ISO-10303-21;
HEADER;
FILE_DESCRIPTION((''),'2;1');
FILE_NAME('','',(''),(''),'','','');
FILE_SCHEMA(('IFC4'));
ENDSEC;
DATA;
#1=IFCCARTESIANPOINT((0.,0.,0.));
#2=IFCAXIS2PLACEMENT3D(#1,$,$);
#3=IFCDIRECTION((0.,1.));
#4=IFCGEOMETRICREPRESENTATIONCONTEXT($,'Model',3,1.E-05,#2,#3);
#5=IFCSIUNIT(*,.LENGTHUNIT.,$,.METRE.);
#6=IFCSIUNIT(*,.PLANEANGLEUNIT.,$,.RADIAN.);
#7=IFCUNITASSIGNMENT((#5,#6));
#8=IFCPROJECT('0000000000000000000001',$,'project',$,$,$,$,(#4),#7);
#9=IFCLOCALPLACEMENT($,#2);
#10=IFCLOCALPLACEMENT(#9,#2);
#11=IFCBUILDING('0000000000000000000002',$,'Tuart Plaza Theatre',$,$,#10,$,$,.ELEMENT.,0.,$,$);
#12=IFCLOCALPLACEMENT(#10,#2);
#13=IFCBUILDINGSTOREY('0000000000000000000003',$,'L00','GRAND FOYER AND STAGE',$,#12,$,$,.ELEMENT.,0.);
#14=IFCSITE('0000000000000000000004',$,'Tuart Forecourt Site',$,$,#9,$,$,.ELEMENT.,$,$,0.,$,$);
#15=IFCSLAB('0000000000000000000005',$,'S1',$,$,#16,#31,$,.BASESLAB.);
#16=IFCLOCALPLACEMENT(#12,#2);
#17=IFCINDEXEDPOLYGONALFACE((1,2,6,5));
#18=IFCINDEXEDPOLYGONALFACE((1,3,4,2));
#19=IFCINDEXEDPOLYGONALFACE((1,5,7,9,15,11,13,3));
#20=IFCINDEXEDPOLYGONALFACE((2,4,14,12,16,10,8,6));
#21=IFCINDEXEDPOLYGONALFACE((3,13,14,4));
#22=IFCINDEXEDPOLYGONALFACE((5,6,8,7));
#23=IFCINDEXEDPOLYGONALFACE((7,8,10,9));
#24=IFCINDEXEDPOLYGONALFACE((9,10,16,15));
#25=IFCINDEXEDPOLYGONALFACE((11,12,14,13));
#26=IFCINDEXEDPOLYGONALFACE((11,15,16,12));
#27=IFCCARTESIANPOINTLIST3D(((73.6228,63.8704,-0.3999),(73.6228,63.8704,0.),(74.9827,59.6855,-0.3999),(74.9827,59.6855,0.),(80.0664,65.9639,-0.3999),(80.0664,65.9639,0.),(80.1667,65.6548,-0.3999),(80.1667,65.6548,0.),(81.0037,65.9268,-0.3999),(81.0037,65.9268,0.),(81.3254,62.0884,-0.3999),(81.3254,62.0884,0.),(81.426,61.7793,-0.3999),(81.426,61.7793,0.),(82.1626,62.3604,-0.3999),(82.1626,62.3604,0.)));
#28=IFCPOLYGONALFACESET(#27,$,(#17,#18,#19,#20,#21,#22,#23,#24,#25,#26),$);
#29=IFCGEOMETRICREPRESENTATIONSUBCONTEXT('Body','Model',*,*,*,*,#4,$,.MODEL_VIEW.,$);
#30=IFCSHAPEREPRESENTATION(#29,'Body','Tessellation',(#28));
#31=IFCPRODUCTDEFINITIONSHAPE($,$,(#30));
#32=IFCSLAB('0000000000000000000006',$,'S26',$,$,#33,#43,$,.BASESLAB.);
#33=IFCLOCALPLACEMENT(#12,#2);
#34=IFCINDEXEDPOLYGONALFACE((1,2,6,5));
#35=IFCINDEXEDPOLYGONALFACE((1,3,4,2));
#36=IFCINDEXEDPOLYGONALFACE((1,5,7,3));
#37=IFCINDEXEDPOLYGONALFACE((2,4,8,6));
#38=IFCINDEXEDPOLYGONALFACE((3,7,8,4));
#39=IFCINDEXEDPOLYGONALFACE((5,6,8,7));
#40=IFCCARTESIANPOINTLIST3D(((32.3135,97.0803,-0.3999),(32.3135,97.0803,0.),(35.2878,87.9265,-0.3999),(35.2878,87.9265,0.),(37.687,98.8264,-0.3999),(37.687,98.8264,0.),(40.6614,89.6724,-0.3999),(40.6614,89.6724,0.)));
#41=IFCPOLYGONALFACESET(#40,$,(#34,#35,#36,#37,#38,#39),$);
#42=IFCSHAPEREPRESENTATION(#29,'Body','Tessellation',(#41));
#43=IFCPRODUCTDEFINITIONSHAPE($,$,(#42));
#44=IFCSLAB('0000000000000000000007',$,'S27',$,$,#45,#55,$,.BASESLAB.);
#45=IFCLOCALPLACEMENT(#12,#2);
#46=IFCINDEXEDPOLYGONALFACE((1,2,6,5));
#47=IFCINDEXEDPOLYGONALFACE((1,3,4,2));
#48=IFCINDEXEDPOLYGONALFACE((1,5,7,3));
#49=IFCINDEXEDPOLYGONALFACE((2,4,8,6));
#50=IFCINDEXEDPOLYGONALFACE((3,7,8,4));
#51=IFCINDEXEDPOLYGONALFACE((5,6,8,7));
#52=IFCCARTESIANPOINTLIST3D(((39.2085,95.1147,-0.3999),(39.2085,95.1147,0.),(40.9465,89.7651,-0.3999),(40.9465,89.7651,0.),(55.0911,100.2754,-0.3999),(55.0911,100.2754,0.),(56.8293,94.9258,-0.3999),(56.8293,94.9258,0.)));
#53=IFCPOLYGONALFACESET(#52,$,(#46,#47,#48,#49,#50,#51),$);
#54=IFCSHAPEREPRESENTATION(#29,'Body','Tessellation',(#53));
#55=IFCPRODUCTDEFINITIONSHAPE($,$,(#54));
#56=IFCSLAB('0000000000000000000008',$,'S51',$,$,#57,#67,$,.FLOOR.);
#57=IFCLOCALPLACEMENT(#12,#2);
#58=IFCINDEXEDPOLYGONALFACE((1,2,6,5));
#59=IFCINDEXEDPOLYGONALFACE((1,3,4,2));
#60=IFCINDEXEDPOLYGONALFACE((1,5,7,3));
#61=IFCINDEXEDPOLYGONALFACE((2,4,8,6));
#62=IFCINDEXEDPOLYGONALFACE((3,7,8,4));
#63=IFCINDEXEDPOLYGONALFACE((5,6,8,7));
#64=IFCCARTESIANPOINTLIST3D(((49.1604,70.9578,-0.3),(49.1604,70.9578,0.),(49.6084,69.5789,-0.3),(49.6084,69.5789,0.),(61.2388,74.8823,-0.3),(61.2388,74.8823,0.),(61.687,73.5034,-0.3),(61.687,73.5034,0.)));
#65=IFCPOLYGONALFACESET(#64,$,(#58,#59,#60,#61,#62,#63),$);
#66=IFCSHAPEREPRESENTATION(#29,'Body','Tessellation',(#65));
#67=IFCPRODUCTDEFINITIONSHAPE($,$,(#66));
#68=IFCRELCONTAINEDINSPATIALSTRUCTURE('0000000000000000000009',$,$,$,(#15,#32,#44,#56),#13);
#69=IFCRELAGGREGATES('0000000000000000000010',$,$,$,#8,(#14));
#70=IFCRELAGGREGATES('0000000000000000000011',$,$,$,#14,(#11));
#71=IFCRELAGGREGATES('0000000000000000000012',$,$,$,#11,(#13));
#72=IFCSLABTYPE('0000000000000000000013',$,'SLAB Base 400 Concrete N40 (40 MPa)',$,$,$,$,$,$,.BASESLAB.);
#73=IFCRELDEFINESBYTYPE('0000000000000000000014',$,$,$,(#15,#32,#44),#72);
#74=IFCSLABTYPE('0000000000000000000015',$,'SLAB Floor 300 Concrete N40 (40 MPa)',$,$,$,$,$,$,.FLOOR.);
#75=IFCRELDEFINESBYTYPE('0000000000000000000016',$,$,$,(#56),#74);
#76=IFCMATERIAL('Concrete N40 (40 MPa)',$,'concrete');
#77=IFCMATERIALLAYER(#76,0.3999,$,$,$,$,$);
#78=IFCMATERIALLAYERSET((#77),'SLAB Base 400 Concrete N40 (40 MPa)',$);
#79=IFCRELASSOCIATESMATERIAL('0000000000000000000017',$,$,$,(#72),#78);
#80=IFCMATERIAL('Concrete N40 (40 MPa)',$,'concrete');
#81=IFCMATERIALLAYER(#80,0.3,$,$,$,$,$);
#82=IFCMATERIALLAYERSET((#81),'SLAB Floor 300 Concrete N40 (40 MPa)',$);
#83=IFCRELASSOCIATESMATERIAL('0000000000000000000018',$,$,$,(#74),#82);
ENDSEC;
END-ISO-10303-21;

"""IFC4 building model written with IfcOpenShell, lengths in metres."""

from ifc_helpers import new_model, si_unit, direction, frame, origin, place, context, subcontext, project, spatial, polyline, outline, extrude, material, layer, layer_set, type_object, element, save


model = new_model("IFC4")

# Units and contexts
model_context = context("Model", 3, precision=1e-05, world=origin(), true_north=direction((0.0, 1.0)))
body_context = subcontext(model_context, "Body", "Model", "MODEL_VIEW")
ifc_project = project(units=[si_unit("LENGTHUNIT", "METRE"), si_unit("PLANEANGLEUNIT", "RADIAN")], contexts=[model_context])

# Site, building, storey
site_placement = place(None, origin())
site = spatial("IfcSite", under=ifc_project, at=site_placement, Name="Tuart Forecourt Site", CompositionType="ELEMENT", RefElevation=0.0)
building_placement = place(site_placement, origin())
building = spatial("IfcBuilding", under=site, at=building_placement, Name="Tuart Plaza Theatre", CompositionType="ELEMENT", ElevationOfRefHeight=0.0)
storey_placement = place(building_placement, origin())
storey = spatial("IfcBuildingStorey", under=building, at=storey_placement, Name="L00", Description="GRAND FOYER AND STAGE", CompositionType="ELEMENT", Elevation=0.0)

# Slabs
ifc_material_1 = material(Name="Concrete N40 (40 MPa)", Category="concrete")
ifc_layer_1 = layer(ifc_material_1, 0.3999)
ifc_layer_set_1 = layer_set([ifc_layer_1], Name="SLAB Base 400 Concrete N40 (40 MPa)")
slab_type_1 = type_object("IfcSlabType", Name="SLAB Base 400 Concrete N40 (40 MPa)", PredefinedType="BASESLAB", material=ifc_layer_set_1)
slab_1_placement = place(storey_placement, frame((0.0, 0.0, -0.3999)))
element("IfcSlab", 1, at=slab_1_placement, inside=storey, type_object=slab_type_1, Name="S1", PredefinedType="BASESLAB", context=body_context, shape_type="SweptSolid", body=[
    extrude(outline(polyline([(81.426, 61.7793), (81.3254, 62.0884), (82.1626, 62.3604), (81.0037, 65.9268), (80.1667, 65.6548), (80.0664, 65.9639), (73.6228, 63.8704), (74.9827, 59.6855), (81.426, 61.7793)])), origin(), (0.0, 0.0, 1.0), 0.3999),
])
slab_2_placement = place(storey_placement, frame((0.0, 0.0, -0.3999)))
element("IfcSlab", 2, at=slab_2_placement, inside=storey, type_object=slab_type_1, Name="S26", PredefinedType="BASESLAB", context=body_context, shape_type="SweptSolid", body=[
    extrude(outline(polyline([(40.6614, 89.6724), (37.687, 98.8264), (32.3135, 97.0803), (35.2878, 87.9265), (40.6614, 89.6724)])), origin(), (0.0, 0.0, 1.0), 0.3999),
])
slab_3_placement = place(storey_placement, frame((0.0, 0.0, -0.3999)))
element("IfcSlab", 3, at=slab_3_placement, inside=storey, type_object=slab_type_1, Name="S27", PredefinedType="BASESLAB", context=body_context, shape_type="SweptSolid", body=[
    extrude(outline(polyline([(56.8293, 94.9258), (55.0911, 100.2754), (39.2085, 95.1147), (40.9465, 89.7651), (56.8293, 94.9258)])), origin(), (0.0, 0.0, 1.0), 0.3999),
])
ifc_material_2 = material(Name="Concrete N40 (40 MPa)", Category="concrete")
ifc_layer_2 = layer(ifc_material_2, 0.3)
ifc_layer_set_2 = layer_set([ifc_layer_2], Name="SLAB Floor 300 Concrete N40 (40 MPa)")
slab_type_2 = type_object("IfcSlabType", Name="SLAB Floor 300 Concrete N40 (40 MPa)", PredefinedType="FLOOR", material=ifc_layer_set_2)
slab_4_placement = place(storey_placement, frame((0.0, 0.0, -0.3)))
element("IfcSlab", 4, at=slab_4_placement, inside=storey, type_object=slab_type_2, Name="S51", PredefinedType="FLOOR", context=body_context, shape_type="SweptSolid", body=[
    extrude(outline(polyline([(61.687, 73.5034), (61.2388, 74.8823), (49.1604, 70.9578), (49.6084, 69.5789), (61.687, 73.5034)])), origin(), (0.0, 0.0, 1.0), 0.3),
])

save(model, "model.ifc")
